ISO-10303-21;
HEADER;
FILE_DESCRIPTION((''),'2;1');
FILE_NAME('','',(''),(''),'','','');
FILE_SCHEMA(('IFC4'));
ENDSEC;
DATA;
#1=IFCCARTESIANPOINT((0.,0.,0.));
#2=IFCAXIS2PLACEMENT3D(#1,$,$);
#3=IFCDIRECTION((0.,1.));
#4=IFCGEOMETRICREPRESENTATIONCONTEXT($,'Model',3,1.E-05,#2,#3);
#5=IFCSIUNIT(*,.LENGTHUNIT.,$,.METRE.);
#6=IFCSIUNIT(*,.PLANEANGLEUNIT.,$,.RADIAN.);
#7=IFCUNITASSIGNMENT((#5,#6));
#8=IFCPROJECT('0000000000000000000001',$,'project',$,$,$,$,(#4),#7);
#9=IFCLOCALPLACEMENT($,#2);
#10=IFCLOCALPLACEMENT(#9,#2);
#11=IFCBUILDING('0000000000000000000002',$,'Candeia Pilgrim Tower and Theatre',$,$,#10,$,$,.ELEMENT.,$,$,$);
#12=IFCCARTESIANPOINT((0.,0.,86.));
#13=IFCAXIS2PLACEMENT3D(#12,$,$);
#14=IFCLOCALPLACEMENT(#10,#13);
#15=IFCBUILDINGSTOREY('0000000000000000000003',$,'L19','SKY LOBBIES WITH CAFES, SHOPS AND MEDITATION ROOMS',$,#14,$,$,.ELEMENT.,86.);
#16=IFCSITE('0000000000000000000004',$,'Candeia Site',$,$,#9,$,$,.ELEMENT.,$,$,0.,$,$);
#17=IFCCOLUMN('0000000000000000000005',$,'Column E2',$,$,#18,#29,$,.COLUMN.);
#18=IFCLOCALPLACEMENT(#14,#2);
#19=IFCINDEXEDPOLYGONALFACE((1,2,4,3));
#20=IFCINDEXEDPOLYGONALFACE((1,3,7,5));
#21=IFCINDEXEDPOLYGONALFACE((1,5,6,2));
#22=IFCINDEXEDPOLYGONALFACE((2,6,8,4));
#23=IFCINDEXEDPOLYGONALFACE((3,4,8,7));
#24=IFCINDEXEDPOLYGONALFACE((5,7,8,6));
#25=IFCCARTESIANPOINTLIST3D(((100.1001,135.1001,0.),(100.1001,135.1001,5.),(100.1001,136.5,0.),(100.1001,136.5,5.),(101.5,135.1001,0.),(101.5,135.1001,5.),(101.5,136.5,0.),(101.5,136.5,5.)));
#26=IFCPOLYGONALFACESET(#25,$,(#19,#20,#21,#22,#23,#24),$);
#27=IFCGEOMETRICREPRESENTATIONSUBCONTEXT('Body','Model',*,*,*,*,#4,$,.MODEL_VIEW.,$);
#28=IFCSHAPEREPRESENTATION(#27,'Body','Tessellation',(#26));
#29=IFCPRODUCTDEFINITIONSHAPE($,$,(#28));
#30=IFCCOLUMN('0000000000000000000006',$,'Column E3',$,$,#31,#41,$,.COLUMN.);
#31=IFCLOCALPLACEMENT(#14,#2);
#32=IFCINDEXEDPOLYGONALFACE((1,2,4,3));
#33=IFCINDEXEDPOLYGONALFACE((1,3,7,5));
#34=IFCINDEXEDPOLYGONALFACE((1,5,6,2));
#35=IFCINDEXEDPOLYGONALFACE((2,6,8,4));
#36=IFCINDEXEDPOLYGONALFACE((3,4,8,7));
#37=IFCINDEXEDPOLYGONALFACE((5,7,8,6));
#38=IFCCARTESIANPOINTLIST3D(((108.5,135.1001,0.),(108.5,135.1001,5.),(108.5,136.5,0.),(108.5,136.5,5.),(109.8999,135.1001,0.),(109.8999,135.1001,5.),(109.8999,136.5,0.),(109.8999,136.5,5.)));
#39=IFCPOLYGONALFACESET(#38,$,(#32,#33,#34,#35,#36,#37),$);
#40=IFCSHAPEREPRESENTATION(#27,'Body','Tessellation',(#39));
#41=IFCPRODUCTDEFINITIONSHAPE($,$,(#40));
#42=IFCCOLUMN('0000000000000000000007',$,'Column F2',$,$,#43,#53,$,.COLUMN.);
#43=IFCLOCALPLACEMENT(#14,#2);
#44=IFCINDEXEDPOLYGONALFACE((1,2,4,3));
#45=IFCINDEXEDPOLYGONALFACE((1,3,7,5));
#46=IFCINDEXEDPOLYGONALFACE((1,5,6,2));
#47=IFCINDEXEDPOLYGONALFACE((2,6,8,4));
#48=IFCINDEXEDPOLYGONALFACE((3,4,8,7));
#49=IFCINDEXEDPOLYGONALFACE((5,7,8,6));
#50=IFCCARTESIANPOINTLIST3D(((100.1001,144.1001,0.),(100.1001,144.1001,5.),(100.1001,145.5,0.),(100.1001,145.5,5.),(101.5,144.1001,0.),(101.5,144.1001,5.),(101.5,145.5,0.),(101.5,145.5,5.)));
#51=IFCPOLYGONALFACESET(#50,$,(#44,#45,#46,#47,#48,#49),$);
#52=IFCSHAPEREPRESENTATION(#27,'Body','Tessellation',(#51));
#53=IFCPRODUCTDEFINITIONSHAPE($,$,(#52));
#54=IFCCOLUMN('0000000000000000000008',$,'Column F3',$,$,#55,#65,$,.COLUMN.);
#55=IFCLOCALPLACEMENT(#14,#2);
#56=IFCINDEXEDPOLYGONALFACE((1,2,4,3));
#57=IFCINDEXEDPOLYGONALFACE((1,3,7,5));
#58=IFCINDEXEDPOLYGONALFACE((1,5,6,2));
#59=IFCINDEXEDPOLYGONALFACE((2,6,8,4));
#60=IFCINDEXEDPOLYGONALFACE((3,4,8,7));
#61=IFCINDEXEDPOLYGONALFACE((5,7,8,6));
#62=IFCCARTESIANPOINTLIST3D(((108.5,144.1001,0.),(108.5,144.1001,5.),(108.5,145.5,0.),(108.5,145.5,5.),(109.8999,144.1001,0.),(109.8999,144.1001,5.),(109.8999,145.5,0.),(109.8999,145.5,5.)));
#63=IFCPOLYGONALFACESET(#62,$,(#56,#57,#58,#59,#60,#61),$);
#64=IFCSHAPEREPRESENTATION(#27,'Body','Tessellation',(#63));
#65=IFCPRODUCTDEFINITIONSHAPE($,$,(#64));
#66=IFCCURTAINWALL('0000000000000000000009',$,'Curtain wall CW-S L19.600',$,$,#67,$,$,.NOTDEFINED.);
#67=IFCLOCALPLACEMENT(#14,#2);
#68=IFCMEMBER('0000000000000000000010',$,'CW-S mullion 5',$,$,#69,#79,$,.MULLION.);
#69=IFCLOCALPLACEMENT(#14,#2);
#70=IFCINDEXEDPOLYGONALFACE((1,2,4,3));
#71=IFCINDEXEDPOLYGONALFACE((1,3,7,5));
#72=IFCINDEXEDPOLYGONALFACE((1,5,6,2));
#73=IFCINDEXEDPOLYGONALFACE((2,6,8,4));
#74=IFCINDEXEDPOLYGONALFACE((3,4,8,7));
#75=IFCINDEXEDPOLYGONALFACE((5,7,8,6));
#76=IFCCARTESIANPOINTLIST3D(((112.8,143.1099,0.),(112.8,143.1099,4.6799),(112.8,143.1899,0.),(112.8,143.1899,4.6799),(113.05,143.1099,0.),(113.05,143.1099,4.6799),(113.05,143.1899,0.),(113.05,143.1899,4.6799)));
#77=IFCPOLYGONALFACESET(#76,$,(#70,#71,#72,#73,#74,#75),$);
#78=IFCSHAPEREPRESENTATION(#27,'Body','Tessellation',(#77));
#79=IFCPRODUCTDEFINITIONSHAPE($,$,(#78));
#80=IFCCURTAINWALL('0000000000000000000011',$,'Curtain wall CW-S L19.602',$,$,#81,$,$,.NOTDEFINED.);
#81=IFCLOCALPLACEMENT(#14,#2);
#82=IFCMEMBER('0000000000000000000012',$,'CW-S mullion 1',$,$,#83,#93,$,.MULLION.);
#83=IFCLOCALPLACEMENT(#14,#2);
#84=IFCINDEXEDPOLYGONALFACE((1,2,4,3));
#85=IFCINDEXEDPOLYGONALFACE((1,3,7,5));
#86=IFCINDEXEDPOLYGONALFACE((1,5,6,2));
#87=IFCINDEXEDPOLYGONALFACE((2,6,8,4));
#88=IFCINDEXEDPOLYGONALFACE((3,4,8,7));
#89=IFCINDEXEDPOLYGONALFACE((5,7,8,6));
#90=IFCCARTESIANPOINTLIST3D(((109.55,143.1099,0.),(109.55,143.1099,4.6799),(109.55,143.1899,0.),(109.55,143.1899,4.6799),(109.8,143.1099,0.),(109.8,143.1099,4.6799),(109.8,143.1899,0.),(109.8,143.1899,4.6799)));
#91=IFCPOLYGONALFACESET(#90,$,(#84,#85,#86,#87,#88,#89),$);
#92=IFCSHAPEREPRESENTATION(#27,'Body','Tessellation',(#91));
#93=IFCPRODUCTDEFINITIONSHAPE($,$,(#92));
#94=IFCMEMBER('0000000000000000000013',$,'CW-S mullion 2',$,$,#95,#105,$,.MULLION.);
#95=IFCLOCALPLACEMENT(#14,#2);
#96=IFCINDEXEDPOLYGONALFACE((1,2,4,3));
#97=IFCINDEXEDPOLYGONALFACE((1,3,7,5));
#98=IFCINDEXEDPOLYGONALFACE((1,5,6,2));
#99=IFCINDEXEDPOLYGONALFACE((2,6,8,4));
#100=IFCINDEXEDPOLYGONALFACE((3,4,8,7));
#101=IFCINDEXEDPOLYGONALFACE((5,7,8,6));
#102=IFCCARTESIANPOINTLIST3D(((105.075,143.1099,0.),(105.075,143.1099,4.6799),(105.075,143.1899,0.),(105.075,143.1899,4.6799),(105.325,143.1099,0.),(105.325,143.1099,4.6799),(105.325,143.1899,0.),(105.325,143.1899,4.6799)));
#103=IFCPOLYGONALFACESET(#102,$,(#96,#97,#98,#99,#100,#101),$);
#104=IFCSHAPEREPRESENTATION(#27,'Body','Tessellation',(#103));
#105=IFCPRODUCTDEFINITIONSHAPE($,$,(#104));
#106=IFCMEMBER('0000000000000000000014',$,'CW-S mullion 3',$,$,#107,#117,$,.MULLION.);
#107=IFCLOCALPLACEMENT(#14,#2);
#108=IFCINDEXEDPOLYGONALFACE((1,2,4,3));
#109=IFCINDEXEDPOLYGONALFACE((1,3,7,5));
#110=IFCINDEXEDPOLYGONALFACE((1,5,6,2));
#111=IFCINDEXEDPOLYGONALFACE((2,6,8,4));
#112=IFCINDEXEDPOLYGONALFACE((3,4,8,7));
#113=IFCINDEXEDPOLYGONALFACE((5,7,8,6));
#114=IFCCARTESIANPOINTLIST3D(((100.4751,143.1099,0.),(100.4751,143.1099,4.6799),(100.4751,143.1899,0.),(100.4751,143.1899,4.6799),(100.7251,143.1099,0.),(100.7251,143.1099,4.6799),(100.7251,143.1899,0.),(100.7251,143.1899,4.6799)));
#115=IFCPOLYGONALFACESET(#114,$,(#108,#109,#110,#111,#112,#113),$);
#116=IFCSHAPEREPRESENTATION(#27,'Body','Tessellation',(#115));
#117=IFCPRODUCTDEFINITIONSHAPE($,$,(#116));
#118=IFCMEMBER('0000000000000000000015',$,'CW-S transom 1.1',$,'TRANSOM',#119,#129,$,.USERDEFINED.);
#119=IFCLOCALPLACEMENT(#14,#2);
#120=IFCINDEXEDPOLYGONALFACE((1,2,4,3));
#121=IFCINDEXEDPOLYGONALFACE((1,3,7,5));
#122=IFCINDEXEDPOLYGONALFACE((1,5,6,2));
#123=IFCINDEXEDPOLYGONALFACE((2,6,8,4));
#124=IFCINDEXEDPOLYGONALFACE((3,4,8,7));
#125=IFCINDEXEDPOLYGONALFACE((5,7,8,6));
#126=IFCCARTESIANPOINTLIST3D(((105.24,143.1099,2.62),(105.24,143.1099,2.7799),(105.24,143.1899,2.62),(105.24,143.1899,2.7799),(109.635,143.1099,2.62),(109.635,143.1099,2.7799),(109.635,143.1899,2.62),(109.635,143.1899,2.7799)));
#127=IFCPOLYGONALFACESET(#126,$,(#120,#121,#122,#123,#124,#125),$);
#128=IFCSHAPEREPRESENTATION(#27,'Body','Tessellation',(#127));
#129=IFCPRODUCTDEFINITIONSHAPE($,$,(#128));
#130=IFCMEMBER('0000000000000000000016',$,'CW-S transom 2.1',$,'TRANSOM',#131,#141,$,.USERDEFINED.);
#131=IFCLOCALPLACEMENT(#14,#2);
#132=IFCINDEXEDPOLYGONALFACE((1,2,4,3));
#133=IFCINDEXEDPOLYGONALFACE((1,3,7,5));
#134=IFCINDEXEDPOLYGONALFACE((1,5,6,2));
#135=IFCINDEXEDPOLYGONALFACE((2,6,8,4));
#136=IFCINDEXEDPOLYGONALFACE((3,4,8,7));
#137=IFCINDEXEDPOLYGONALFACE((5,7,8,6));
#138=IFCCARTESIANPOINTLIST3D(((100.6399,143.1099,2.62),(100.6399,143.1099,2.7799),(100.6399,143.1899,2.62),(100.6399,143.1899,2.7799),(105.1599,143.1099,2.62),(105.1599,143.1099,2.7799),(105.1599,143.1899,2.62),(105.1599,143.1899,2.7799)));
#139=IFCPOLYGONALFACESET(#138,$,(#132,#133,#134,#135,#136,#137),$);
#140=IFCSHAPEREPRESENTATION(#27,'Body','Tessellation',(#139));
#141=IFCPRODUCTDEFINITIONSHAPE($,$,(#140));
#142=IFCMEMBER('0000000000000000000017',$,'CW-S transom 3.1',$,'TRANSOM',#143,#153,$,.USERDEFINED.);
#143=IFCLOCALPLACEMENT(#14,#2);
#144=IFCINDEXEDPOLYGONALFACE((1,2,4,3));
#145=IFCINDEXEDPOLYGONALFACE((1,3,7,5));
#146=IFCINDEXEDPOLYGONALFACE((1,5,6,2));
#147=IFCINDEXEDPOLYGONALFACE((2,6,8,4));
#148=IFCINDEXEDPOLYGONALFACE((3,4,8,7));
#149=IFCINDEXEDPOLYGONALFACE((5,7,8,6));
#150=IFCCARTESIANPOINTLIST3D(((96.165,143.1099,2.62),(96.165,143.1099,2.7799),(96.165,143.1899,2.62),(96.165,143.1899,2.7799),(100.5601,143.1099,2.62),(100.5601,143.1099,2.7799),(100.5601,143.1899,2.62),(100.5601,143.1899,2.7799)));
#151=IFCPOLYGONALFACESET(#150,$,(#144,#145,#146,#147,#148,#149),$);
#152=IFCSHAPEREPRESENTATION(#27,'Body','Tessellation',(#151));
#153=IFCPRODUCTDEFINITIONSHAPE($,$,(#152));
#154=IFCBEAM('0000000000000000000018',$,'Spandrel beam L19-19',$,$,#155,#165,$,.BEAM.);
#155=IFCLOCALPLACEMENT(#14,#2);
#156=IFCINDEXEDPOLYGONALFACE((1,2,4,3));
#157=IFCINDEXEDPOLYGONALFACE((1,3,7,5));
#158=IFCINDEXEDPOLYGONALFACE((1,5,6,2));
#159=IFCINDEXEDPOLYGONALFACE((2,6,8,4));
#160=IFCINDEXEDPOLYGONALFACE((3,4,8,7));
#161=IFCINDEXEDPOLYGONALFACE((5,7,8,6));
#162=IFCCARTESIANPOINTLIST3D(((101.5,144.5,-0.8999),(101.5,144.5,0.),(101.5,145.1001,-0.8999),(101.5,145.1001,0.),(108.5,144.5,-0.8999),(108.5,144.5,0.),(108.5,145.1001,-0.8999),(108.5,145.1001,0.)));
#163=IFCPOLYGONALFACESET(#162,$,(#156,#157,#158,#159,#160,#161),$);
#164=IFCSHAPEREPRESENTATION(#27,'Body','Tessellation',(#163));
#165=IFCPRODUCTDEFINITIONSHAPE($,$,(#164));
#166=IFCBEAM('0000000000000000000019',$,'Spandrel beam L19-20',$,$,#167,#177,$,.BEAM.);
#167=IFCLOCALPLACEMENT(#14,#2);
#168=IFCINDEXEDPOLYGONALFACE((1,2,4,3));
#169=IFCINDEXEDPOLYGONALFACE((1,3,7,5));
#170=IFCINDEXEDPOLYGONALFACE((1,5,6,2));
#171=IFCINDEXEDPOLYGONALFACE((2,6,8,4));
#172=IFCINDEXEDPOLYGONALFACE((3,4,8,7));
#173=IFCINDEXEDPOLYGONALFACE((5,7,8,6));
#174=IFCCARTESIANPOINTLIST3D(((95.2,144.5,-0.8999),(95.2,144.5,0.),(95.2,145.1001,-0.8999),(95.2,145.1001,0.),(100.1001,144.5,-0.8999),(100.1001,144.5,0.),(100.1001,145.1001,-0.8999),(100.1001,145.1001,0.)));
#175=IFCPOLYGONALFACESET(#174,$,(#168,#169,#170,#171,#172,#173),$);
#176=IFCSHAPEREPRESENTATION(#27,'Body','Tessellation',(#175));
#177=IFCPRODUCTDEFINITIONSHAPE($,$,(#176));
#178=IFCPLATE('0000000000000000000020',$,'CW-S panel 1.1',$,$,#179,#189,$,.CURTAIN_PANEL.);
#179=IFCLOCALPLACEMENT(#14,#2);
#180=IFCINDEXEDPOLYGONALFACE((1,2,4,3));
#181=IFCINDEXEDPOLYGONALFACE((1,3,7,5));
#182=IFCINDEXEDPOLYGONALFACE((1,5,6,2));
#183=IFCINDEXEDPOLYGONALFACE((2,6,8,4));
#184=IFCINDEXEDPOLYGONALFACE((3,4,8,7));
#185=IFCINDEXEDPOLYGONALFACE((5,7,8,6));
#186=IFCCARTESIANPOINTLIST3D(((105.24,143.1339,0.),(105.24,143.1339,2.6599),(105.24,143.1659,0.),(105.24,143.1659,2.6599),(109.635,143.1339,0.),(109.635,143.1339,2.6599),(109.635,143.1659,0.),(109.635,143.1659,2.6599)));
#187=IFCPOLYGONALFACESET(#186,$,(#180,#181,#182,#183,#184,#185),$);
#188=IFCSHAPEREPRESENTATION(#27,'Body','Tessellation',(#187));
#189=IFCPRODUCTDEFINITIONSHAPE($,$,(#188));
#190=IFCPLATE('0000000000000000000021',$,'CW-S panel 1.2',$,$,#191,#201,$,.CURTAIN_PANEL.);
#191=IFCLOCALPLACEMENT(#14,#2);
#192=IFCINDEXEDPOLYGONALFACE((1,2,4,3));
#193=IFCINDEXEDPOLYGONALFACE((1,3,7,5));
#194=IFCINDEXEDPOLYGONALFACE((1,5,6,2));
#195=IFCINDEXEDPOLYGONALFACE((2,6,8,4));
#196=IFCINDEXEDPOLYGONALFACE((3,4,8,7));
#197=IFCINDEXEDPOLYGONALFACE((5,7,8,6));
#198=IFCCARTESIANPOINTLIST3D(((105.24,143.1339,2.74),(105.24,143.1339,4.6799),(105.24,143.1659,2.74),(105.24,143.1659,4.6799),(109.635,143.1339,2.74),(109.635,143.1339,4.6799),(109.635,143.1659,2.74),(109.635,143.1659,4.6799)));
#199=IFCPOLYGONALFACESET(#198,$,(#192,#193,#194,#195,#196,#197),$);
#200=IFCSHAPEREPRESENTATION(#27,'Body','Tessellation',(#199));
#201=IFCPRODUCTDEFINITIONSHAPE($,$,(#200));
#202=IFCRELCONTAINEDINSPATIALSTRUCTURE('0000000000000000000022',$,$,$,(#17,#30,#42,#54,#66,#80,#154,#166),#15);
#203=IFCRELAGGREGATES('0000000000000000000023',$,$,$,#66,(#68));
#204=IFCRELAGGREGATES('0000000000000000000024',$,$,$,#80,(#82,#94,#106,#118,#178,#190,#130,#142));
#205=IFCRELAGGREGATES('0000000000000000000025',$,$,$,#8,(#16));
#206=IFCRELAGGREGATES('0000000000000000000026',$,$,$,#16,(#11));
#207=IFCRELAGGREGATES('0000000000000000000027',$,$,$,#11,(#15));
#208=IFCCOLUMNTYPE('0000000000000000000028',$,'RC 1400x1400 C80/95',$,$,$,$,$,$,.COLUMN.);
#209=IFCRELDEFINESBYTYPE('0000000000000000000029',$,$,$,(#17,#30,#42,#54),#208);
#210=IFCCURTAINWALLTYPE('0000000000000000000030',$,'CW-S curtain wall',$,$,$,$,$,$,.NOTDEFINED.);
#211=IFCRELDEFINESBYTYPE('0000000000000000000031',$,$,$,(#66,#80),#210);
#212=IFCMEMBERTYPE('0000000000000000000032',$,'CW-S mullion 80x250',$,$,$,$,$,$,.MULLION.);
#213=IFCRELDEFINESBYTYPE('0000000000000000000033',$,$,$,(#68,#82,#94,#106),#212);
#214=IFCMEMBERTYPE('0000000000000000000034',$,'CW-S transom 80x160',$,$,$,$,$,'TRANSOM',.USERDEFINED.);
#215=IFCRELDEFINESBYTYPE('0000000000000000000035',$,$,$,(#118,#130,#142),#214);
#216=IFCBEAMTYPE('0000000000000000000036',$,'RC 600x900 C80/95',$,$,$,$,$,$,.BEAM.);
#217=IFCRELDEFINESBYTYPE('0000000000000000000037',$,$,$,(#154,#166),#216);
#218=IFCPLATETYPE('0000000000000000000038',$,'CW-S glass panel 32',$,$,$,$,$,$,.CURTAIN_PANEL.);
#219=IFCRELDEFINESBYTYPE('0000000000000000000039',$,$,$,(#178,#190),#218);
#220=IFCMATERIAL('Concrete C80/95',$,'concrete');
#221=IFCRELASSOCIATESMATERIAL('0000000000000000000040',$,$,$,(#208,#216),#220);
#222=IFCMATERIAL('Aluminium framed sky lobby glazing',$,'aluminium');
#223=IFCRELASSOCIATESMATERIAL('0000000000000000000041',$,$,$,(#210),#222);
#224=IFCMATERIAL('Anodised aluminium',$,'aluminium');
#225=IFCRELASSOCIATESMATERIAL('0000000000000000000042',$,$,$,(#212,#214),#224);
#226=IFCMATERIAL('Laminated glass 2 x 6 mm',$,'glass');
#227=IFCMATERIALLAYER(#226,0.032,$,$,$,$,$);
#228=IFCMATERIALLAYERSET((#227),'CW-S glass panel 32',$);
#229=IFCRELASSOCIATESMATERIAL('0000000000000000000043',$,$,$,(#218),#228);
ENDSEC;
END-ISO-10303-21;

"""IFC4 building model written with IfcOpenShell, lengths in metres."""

from ifc_helpers import new_model, si_unit, direction, frame, origin, origin_2d, place, context, subcontext, project, spatial, rectangle, extrude, material, layer, layer_set, material_profile, profile_set, type_object, element, aggregate, save


model = new_model("IFC4")

# Units and contexts
model_context = context("Model", 3, precision=1e-05, world=origin(), true_north=direction((0.0, 1.0)))
body_context = subcontext(model_context, "Body", "Model", "MODEL_VIEW")
ifc_project = project(units=[si_unit("LENGTHUNIT", "METRE"), si_unit("PLANEANGLEUNIT", "RADIAN")], contexts=[model_context])

# Site, building, storey
site_placement = place(None, origin())
site = spatial("IfcSite", under=ifc_project, at=site_placement, Name="Candeia Site", CompositionType="ELEMENT", RefElevation=0.0)
building_placement = place(site_placement, origin())
building = spatial("IfcBuilding", under=site, at=building_placement, Name="Candeia Pilgrim Tower and Theatre", CompositionType="ELEMENT")
storey_placement = place(building_placement, frame((0.0, 0.0, 86.0)))
storey = spatial("IfcBuildingStorey", under=building, at=storey_placement, Name="L19", Description="SKY LOBBIES WITH CAFES, SHOPS AND MEDITATION ROOMS", CompositionType="ELEMENT", Elevation=86.0)

# Columns
ifc_material_1 = material(Name="Concrete C80/95", Category="concrete")
ifc_material_profile_1 = material_profile(ifc_material_1, rectangle(XDim=1.3999, YDim=1.3999, at=origin_2d()))
ifc_profile_set_1 = profile_set([ifc_material_profile_1], Name="Concrete C80/95")
column_type = type_object("IfcColumnType", Name="RC 1400x1400 C80/95", PredefinedType="COLUMN", material=ifc_profile_set_1)
for number, where, z_axis, x_axis, name in (
    (1, (100.8, 135.8, 0.0), (0.0, 0.0, 1.0), (1.0, 0.0, 0.0), "Column E2"),
    (2, (109.2, 135.8, 0.0), (0.0, 0.0, 1.0), (1.0, 0.0, 0.0), "Column E3"),
    (3, (100.8, 144.8, 0.0), (0.0, 0.0, 1.0), (1.0, 0.0, 0.0), "Column F2"),
    (4, (109.2, 144.8, 0.0), (0.0, 0.0, 1.0), (1.0, 0.0, 0.0), "Column F3"),
):
    element("IfcColumn", number, at=place(storey_placement, frame(where, z_axis=z_axis, x_axis=x_axis)), inside=storey, type_object=column_type, Name=name, PredefinedType="COLUMN", context=body_context, shape_type="SweptSolid", body=[
        extrude(rectangle(XDim=1.3999, YDim=1.3999, at=origin_2d()), origin(), (0.0, 0.0, 1.0), 5.0),
    ])

# Curtain wall, member
ifc_material_2 = material(Name="Aluminium framed sky lobby glazing", Category="aluminium")
curtain_wall_type = type_object("IfcCurtainWallType", Name="CW-S curtain wall", PredefinedType="NOTDEFINED", material=ifc_material_2)
curtain_wall_1_placement = place(storey_placement, origin())
curtain_wall_1 = element("IfcCurtainWall", 5, at=curtain_wall_1_placement, inside=storey, type_object=curtain_wall_type, Name="Curtain wall CW-S L19.600", PredefinedType="NOTDEFINED")
ifc_material_3 = material(Name="Anodised aluminium", Category="aluminium")
ifc_material_profile_2 = material_profile(ifc_material_3, rectangle(XDim=0.0801, YDim=0.25, at=origin_2d()))
ifc_profile_set_2 = profile_set([ifc_material_profile_2], Name="Anodised aluminium")
member_type_1 = type_object("IfcMemberType", Name="CW-S mullion 80x250", PredefinedType="MULLION", material=ifc_profile_set_2)
member_1_placement = place(storey_placement, frame((112.925, 143.1499, 0.0), z_axis=(0.0, 0.0, 1.0), x_axis=(0.0, -1.0, 0.0)))
member_1 = element("IfcMember", 6, at=member_1_placement, type_object=member_type_1, Name="CW-S mullion 5", PredefinedType="MULLION", context=body_context, shape_type="SweptSolid", body=[
    extrude(rectangle(XDim=0.0801, YDim=0.25, at=origin_2d()), origin(), (0.0, 0.0, 1.0), 4.6799),
])
aggregate(curtain_wall_1, [member_1])

# Curtain wall, members
curtain_wall_2_placement = place(storey_placement, origin())
curtain_wall_2 = element("IfcCurtainWall", 7, at=curtain_wall_2_placement, inside=storey, type_object=curtain_wall_type, Name="Curtain wall CW-S L19.602", PredefinedType="NOTDEFINED")
member_2_placement = place(storey_placement, frame((109.675, 143.1499, 0.0), z_axis=(0.0, 0.0, 1.0), x_axis=(0.0, -1.0, 0.0)))
member_2 = element("IfcMember", 8, at=member_2_placement, type_object=member_type_1, Name="CW-S mullion 1", PredefinedType="MULLION", context=body_context, shape_type="SweptSolid", body=[
    extrude(rectangle(XDim=0.0801, YDim=0.25, at=origin_2d()), origin(), (0.0, 0.0, 1.0), 4.6799),
])
member_3_placement = place(storey_placement, frame((105.2, 143.1499, 0.0), z_axis=(0.0, 0.0, 1.0), x_axis=(0.0, -1.0, 0.0)))
member_3 = element("IfcMember", 9, at=member_3_placement, type_object=member_type_1, Name="CW-S mullion 2", PredefinedType="MULLION", context=body_context, shape_type="SweptSolid", body=[
    extrude(rectangle(XDim=0.0801, YDim=0.25, at=origin_2d()), origin(), (0.0, 0.0, 1.0), 4.6799),
])
member_4_placement = place(storey_placement, frame((100.6001, 143.1499, 0.0), z_axis=(0.0, 0.0, 1.0), x_axis=(0.0, -1.0, 0.0)))
member_4 = element("IfcMember", 10, at=member_4_placement, type_object=member_type_1, Name="CW-S mullion 3", PredefinedType="MULLION", context=body_context, shape_type="SweptSolid", body=[
    extrude(rectangle(XDim=0.0801, YDim=0.25, at=origin_2d()), origin(), (0.0, 0.0, 1.0), 4.6799),
])
ifc_material_profile_3 = material_profile(ifc_material_3, rectangle(XDim=0.0801, YDim=0.1599, at=origin_2d()))
ifc_profile_set_3 = profile_set([ifc_material_profile_3], Name="Anodised aluminium")
member_type_2 = type_object("IfcMemberType", Name="CW-S transom 80x160", ElementType="TRANSOM", PredefinedType="USERDEFINED", material=ifc_profile_set_3)
member_5_placement = place(storey_placement, frame((109.635, 143.1499, 2.7), z_axis=(-1.0, 0.0, 0.0), x_axis=(0.0, -1.0, 0.0)))
member_5 = element("IfcMember", 11, at=member_5_placement, type_object=member_type_2, Name="CW-S transom 1.1", ObjectType="TRANSOM", PredefinedType="USERDEFINED", context=body_context, shape_type="SweptSolid", body=[
    extrude(rectangle(XDim=0.0801, YDim=0.1599, at=origin_2d()), origin(), (0.0, 0.0, 1.0), 4.395),
])
member_6_placement = place(storey_placement, frame((105.1599, 143.1499, 2.7), z_axis=(-1.0, 0.0, 0.0), x_axis=(0.0, -1.0, 0.0)))
member_6 = element("IfcMember", 12, at=member_6_placement, type_object=member_type_2, Name="CW-S transom 2.1", ObjectType="TRANSOM", PredefinedType="USERDEFINED", context=body_context, shape_type="SweptSolid", body=[
    extrude(rectangle(XDim=0.0801, YDim=0.1599, at=origin_2d()), origin(), (0.0, 0.0, 1.0), 4.52),
])
member_7_placement = place(storey_placement, frame((100.5601, 143.1499, 2.7), z_axis=(-1.0, 0.0, 0.0), x_axis=(0.0, -1.0, 0.0)))
member_7 = element("IfcMember", 13, at=member_7_placement, type_object=member_type_2, Name="CW-S transom 3.1", ObjectType="TRANSOM", PredefinedType="USERDEFINED", context=body_context, shape_type="SweptSolid", body=[
    extrude(rectangle(XDim=0.0801, YDim=0.1599, at=origin_2d()), origin(), (0.0, 0.0, 1.0), 4.395),
])

# Beams
ifc_material_profile_4 = material_profile(ifc_material_1, rectangle(XDim=0.6001, YDim=0.8999, at=origin_2d()))
ifc_profile_set_4 = profile_set([ifc_material_profile_4], Name="Concrete C80/95")
beam_type = type_object("IfcBeamType", Name="RC 600x900 C80/95", PredefinedType="BEAM", material=ifc_profile_set_4)
beam_1_placement = place(storey_placement, frame((108.5, 144.8, -0.45), z_axis=(-1.0, 0.0, 0.0), x_axis=(0.0, -1.0, 0.0)))
element("IfcBeam", 14, at=beam_1_placement, inside=storey, type_object=beam_type, Name="Spandrel beam L19-19", PredefinedType="BEAM", context=body_context, shape_type="SweptSolid", body=[
    extrude(rectangle(XDim=0.6001, YDim=0.8999, at=origin_2d()), origin(), (0.0, 0.0, 1.0), 7.0),
])
beam_2_placement = place(storey_placement, frame((100.1001, 144.8, -0.45), z_axis=(-1.0, 0.0, 0.0), x_axis=(0.0, -1.0, 0.0)))
element("IfcBeam", 15, at=beam_2_placement, inside=storey, type_object=beam_type, Name="Spandrel beam L19-20", PredefinedType="BEAM", context=body_context, shape_type="SweptSolid", body=[
    extrude(rectangle(XDim=0.6001, YDim=0.8999, at=origin_2d()), origin(), (0.0, 0.0, 1.0), 4.9001),
])

# Plates
ifc_material_4 = material(Name="Laminated glass 2 x 6 mm", Category="glass")
ifc_layer_1 = layer(ifc_material_4, 0.032)
ifc_layer_set_1 = layer_set([ifc_layer_1], Name="CW-S glass panel 32")
plate_type = type_object("IfcPlateType", Name="CW-S glass panel 32", PredefinedType="CURTAIN_PANEL", material=ifc_layer_set_1)
plate_1_placement = place(storey_placement, frame((107.4375, 143.1499, 0.0), z_axis=(0.0, 0.0, 1.0), x_axis=(-1.0, 0.0, 0.0)))
plate_1 = element("IfcPlate", 16, at=plate_1_placement, type_object=plate_type, Name="CW-S panel 1.1", PredefinedType="CURTAIN_PANEL", context=body_context, shape_type="SweptSolid", body=[
    extrude(rectangle(XDim=4.395, YDim=0.032, at=origin_2d()), origin(), (0.0, 0.0, 1.0), 2.6599),
])
plate_2_placement = place(storey_placement, frame((107.4375, 143.1499, 2.74), z_axis=(0.0, 0.0, 1.0), x_axis=(-1.0, 0.0, 0.0)))
plate_2 = element("IfcPlate", 17, at=plate_2_placement, type_object=plate_type, Name="CW-S panel 1.2", PredefinedType="CURTAIN_PANEL", context=body_context, shape_type="SweptSolid", body=[
    extrude(rectangle(XDim=4.395, YDim=0.032, at=origin_2d()), origin(), (0.0, 0.0, 1.0), 1.9399),
])
aggregate(curtain_wall_2, [member_2, member_3, member_4, member_5, plate_1, plate_2, member_6, member_7])

save(model, "model.ifc")
